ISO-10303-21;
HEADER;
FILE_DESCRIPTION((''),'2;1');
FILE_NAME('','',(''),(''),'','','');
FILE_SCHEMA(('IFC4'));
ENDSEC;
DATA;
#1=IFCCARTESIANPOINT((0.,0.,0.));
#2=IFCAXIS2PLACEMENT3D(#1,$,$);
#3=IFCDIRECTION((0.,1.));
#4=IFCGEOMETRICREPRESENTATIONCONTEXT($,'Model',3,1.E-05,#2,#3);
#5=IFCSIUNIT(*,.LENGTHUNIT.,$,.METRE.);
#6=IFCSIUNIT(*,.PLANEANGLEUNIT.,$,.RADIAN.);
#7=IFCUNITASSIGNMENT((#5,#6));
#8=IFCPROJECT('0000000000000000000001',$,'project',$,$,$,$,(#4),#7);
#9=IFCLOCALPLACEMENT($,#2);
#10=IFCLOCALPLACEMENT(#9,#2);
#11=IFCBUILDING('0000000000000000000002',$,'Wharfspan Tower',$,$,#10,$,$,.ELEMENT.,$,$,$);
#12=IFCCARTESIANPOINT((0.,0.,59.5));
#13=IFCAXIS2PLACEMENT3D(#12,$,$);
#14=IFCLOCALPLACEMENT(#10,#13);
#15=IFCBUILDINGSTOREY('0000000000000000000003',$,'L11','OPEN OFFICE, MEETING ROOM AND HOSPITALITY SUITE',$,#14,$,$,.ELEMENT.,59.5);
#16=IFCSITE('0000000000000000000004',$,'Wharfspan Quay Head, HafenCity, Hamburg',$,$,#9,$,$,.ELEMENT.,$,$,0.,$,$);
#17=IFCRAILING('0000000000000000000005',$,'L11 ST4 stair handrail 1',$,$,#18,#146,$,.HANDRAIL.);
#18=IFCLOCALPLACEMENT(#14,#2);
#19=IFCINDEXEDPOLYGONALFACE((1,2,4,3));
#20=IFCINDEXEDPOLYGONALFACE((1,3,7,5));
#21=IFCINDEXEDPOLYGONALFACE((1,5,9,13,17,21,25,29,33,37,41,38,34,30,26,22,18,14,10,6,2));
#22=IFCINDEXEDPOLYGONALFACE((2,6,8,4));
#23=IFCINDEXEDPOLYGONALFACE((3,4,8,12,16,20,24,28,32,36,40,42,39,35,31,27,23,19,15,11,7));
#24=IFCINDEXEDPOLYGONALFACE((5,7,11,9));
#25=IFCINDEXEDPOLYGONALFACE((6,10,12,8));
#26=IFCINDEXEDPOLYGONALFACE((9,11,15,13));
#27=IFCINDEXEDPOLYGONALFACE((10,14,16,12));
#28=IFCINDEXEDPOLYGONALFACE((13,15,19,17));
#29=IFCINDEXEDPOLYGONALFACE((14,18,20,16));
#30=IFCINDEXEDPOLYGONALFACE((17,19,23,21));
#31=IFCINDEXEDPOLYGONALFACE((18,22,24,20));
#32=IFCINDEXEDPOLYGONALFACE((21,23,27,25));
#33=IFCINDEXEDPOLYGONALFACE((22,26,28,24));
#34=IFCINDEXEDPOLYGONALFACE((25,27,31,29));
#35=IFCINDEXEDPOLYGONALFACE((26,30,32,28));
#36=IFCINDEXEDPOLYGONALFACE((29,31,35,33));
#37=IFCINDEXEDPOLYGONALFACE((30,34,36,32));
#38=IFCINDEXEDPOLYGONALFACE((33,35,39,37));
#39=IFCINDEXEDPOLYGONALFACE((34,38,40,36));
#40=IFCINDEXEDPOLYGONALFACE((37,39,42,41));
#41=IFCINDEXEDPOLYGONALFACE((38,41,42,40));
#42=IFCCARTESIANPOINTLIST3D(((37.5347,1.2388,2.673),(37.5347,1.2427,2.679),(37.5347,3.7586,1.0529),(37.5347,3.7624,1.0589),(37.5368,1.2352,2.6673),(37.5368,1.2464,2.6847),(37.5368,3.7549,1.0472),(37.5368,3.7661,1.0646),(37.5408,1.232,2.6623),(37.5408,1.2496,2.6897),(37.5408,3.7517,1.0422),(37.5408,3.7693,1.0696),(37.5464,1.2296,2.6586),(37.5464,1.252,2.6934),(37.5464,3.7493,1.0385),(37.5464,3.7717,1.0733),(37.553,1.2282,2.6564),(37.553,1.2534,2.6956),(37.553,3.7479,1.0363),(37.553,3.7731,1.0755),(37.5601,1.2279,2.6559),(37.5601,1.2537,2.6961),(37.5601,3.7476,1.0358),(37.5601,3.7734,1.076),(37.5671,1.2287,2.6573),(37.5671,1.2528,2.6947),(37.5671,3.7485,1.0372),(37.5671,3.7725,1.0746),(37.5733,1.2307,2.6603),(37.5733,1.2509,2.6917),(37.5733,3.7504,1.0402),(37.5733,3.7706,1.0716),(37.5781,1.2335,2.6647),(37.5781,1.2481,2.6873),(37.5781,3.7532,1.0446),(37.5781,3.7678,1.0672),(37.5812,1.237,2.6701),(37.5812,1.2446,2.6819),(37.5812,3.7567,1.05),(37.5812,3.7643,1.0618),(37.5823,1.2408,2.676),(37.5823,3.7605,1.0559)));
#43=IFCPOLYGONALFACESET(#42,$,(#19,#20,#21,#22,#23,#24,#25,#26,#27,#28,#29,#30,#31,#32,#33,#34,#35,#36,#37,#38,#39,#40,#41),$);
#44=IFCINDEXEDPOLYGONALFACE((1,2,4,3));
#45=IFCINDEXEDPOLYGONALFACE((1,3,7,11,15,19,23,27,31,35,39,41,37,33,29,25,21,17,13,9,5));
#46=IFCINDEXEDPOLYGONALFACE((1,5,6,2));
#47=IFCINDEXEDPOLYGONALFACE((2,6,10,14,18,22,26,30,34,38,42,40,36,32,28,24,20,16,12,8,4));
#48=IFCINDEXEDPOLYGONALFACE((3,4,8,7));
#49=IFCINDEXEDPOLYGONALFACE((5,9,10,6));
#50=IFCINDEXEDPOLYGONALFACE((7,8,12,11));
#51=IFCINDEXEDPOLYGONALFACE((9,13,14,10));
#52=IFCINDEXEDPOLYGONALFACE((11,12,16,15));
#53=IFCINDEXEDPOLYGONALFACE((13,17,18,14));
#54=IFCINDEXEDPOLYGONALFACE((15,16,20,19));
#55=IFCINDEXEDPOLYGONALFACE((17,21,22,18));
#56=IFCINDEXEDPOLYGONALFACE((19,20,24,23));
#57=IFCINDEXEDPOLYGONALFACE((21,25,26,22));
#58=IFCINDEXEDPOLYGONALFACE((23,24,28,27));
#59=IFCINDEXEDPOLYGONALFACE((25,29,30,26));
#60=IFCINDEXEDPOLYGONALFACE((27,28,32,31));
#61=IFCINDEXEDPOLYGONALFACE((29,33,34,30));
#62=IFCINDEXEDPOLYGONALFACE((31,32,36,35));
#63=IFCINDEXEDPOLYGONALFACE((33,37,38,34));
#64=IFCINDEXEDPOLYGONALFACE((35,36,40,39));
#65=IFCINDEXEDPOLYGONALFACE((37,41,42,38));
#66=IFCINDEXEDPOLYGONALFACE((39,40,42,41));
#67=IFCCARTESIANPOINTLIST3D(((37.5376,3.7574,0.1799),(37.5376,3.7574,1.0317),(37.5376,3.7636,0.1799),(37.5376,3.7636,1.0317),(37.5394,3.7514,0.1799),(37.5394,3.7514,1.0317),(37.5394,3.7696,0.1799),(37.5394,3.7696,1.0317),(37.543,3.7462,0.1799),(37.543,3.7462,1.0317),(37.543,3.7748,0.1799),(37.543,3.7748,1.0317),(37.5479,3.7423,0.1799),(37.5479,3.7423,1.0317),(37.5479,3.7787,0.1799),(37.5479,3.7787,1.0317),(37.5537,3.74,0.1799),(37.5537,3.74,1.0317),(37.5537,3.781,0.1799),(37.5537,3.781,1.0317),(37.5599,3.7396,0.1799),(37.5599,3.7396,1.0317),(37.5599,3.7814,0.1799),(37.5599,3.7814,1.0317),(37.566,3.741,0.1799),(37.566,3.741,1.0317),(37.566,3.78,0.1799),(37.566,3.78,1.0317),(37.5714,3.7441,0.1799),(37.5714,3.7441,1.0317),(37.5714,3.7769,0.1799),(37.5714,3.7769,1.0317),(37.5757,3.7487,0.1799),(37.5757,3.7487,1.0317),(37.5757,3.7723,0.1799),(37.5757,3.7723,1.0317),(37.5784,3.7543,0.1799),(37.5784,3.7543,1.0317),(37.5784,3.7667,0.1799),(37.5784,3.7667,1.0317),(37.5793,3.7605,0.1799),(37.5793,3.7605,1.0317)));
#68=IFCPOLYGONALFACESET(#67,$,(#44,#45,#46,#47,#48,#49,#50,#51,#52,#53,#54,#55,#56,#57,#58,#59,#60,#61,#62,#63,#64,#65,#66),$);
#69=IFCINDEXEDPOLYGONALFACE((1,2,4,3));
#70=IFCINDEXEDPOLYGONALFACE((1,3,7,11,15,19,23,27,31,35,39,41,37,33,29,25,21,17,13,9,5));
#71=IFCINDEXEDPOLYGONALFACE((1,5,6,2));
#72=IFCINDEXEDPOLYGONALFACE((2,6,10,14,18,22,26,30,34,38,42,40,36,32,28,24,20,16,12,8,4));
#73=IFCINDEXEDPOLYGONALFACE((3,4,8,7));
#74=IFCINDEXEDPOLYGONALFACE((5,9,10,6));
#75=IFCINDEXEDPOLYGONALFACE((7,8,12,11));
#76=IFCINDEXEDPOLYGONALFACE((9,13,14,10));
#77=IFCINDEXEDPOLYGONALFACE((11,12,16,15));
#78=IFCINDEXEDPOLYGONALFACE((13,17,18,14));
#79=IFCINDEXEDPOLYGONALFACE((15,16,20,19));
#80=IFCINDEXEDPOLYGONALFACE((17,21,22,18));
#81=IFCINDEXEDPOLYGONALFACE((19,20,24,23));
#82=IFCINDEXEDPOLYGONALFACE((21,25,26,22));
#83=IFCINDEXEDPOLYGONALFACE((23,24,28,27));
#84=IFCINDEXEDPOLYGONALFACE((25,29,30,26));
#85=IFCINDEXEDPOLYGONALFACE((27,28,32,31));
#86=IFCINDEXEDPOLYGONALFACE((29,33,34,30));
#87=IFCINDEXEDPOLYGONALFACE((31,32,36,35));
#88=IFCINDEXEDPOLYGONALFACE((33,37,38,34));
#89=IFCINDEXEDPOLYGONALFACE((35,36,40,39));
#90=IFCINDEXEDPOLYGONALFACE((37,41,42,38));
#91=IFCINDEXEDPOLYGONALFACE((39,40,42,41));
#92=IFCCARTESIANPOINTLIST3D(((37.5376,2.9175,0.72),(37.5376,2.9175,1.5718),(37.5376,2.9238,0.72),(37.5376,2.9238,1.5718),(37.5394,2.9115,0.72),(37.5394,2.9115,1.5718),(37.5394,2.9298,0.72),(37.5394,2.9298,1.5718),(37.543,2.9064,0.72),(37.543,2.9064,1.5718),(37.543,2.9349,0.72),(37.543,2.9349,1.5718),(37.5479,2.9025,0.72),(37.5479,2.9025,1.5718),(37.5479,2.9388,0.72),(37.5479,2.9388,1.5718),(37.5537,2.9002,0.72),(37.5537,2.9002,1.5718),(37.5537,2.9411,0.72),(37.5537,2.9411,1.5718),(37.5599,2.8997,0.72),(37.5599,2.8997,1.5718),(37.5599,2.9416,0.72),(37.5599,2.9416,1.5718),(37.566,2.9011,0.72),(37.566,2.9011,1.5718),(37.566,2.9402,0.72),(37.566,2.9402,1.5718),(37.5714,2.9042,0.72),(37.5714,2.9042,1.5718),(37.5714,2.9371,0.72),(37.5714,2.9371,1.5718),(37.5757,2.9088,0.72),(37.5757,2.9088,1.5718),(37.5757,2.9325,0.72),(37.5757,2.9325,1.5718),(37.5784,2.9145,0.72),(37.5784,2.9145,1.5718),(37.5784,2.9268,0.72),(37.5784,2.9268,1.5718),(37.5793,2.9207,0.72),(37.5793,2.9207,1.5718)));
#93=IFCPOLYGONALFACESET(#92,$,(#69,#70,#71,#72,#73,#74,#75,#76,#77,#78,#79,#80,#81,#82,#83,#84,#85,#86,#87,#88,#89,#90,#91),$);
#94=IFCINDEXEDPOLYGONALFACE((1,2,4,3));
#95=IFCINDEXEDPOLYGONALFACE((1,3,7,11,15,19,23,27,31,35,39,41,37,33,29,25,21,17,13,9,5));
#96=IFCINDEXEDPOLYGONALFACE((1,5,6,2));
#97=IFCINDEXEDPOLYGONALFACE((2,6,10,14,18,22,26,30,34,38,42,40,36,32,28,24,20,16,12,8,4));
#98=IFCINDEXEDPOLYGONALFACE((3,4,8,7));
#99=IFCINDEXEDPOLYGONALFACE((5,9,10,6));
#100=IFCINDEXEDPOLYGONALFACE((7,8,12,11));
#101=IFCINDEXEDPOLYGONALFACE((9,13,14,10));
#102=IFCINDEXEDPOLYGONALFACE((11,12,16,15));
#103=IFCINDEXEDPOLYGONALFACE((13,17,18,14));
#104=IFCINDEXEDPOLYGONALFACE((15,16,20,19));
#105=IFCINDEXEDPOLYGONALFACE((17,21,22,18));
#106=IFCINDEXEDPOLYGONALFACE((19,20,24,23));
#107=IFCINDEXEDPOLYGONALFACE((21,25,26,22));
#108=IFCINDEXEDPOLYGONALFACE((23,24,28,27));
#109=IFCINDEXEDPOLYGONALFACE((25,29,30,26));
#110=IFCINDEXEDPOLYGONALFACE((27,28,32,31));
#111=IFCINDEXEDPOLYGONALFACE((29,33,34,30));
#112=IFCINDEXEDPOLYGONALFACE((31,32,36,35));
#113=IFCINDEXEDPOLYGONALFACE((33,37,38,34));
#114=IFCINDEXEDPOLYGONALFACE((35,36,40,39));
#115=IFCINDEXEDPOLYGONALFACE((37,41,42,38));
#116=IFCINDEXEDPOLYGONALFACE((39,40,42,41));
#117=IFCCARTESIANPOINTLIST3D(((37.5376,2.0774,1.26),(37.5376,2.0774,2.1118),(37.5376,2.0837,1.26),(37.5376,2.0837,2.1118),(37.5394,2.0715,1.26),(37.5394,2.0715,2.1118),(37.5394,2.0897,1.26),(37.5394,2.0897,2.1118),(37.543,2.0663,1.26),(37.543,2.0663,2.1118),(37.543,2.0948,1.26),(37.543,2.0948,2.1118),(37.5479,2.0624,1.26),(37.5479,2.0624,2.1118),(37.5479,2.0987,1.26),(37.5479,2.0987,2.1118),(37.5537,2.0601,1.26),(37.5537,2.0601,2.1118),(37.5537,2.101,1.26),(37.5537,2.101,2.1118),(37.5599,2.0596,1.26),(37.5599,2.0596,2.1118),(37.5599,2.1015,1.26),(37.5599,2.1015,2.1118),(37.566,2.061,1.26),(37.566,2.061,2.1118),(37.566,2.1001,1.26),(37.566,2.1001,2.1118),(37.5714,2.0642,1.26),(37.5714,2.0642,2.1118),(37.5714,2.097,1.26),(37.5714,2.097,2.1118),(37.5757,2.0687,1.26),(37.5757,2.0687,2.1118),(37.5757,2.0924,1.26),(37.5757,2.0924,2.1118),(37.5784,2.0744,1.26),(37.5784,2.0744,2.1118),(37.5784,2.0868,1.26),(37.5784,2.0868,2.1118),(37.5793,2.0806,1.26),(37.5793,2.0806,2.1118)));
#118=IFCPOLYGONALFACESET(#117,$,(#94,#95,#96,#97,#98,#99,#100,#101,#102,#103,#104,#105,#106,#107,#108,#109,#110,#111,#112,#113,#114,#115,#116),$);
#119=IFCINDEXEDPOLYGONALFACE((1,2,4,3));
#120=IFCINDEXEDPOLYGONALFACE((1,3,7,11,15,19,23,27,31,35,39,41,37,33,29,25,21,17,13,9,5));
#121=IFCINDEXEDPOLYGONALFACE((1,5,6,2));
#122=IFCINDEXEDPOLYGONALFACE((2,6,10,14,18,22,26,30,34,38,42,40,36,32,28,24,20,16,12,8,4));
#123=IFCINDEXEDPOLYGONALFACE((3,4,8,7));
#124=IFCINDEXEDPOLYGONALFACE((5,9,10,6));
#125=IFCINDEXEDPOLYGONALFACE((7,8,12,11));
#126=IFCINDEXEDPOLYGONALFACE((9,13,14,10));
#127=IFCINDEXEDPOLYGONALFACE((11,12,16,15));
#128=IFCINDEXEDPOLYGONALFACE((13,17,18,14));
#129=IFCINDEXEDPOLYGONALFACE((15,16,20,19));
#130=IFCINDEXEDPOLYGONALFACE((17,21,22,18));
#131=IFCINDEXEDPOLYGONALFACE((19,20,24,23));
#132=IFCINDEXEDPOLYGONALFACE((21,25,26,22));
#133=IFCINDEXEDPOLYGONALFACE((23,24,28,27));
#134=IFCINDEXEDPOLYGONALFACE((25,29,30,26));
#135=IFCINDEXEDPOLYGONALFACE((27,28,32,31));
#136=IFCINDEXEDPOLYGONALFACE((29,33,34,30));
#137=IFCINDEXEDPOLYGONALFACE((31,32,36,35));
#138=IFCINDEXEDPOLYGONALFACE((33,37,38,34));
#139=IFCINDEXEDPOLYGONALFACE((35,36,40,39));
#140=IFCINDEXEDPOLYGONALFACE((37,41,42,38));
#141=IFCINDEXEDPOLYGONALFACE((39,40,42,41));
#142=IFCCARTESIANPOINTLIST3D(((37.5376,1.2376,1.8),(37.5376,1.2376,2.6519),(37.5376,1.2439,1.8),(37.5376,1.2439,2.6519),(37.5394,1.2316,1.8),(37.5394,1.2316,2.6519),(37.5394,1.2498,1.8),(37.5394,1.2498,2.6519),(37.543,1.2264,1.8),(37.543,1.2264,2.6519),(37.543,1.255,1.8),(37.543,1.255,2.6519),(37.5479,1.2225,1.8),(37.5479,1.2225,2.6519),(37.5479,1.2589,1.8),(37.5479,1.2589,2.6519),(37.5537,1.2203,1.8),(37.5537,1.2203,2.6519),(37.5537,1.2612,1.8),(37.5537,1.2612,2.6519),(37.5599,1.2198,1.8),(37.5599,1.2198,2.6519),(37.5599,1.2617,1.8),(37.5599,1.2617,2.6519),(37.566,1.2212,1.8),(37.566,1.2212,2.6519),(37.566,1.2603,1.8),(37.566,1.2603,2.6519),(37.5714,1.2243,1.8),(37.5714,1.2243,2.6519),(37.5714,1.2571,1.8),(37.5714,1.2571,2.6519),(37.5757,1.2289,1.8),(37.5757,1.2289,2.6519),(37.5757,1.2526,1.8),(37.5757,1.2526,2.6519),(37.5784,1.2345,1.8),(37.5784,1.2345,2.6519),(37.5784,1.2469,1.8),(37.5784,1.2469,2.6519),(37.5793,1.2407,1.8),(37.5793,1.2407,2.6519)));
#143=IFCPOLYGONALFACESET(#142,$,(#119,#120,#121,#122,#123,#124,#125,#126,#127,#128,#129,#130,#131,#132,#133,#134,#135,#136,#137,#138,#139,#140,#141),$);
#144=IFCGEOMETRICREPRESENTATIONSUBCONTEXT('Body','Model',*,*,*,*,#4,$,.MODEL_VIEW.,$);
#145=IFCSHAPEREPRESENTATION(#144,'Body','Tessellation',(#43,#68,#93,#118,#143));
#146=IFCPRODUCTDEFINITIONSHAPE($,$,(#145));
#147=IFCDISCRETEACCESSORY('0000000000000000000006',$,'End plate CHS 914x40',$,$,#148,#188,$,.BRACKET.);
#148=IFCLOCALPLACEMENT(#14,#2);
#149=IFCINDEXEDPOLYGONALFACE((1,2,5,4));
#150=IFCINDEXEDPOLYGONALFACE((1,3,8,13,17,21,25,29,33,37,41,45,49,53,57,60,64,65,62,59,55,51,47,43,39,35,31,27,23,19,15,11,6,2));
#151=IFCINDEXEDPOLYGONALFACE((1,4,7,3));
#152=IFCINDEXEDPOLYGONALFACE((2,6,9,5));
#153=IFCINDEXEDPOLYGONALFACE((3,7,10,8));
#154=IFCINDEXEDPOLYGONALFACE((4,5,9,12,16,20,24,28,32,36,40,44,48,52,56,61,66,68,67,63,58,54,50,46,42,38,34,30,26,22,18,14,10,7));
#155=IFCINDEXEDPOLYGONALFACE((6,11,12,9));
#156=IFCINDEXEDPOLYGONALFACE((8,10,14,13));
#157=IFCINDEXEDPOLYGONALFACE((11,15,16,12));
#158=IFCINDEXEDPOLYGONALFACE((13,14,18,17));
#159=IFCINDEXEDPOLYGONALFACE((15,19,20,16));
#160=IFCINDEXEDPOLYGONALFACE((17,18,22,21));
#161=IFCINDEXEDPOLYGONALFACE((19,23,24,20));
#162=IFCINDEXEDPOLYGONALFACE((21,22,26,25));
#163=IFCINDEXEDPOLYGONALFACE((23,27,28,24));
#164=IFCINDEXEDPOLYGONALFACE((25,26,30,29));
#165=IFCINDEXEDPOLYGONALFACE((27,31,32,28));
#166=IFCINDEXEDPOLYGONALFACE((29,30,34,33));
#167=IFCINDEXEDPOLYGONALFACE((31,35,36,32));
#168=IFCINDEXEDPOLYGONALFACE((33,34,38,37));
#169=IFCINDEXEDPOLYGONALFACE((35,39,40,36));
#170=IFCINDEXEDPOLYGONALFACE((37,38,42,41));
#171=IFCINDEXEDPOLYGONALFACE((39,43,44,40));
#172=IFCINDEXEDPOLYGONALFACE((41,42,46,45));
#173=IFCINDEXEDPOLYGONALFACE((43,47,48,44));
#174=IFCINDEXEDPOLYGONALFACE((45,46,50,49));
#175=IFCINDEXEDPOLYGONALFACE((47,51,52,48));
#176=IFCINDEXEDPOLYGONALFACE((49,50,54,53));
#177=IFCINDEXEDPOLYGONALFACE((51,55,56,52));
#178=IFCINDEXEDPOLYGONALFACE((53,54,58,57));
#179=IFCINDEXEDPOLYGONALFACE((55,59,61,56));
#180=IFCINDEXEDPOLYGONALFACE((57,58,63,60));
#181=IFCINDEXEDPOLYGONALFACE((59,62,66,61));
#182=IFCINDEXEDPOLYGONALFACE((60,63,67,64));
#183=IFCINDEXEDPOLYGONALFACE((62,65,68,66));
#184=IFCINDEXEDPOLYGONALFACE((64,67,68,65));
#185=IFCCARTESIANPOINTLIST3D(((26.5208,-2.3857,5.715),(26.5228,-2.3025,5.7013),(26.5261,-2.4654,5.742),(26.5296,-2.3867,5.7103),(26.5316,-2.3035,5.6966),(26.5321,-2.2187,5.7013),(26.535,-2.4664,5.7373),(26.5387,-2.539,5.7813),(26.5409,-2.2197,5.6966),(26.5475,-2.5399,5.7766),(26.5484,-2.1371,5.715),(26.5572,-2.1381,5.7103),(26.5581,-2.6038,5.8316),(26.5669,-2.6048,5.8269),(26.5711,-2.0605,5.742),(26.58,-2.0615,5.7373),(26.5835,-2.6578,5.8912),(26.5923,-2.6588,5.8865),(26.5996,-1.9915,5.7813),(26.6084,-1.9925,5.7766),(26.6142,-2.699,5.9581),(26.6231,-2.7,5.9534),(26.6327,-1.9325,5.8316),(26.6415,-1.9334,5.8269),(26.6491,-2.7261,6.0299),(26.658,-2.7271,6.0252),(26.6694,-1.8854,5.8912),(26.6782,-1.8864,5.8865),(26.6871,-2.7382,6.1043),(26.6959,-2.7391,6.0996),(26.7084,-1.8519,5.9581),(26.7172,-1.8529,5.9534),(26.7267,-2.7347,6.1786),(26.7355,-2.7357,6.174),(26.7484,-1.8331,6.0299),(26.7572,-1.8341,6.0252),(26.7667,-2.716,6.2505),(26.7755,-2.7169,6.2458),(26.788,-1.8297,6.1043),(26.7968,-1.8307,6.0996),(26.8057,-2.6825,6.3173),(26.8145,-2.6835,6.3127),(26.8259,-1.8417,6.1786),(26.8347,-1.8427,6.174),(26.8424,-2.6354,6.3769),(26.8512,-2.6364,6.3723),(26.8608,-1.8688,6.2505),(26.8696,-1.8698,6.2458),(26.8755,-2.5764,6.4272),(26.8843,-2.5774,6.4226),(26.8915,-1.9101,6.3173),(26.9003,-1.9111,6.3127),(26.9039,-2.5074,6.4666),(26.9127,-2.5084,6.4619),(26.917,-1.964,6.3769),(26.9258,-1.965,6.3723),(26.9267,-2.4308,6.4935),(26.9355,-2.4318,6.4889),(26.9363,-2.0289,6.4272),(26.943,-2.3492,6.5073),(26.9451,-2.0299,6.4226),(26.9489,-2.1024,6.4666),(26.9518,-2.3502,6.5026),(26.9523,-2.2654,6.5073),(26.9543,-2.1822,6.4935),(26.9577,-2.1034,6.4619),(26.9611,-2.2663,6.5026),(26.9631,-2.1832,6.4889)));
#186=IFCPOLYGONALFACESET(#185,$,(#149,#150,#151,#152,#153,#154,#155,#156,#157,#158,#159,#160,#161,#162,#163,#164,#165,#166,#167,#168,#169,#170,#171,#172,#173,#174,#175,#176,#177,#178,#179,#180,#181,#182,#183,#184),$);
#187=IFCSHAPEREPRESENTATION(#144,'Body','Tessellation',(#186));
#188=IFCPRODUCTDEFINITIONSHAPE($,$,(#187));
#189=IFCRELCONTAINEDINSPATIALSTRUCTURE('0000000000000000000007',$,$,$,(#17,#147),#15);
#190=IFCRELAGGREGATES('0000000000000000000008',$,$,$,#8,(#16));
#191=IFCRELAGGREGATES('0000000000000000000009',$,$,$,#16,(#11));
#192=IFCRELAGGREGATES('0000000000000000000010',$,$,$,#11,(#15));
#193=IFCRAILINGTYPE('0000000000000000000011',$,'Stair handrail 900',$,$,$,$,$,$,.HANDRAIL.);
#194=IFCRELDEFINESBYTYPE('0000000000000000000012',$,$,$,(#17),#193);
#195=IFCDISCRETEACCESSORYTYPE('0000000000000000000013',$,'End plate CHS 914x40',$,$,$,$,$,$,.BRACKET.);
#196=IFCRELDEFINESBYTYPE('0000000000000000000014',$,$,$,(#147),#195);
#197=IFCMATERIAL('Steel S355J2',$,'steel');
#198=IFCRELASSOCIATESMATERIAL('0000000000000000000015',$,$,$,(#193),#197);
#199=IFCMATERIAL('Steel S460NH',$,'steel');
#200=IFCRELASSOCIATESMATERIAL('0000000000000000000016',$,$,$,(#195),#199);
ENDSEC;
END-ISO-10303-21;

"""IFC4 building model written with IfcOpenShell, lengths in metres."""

from ifc_helpers import new_model, si_unit, direction, frame, origin, origin_2d, place, context, subcontext, project, spatial, circle, extrude, material, material_profile, profile_set, type_object, element, save


model = new_model("IFC4")

# Units and contexts
model_context = context("Model", 3, precision=1e-05, world=origin(), true_north=direction((0.0, 1.0)))
body_context = subcontext(model_context, "Body", "Model", "MODEL_VIEW")
ifc_project = project(units=[si_unit("LENGTHUNIT", "METRE"), si_unit("PLANEANGLEUNIT", "RADIAN")], contexts=[model_context])

# Site, building, storey
site_placement = place(None, origin())
site = spatial("IfcSite", under=ifc_project, at=site_placement, Name="Wharfspan Quay Head, HafenCity, Hamburg", CompositionType="ELEMENT", RefElevation=0.0)
building_placement = place(site_placement, origin())
building = spatial("IfcBuilding", under=site, at=building_placement, Name="Wharfspan Tower", CompositionType="ELEMENT")
storey_placement = place(building_placement, frame((0.0, 0.0, 59.5)))
storey = spatial("IfcBuildingStorey", under=building, at=storey_placement, Name="L11", Description="OPEN OFFICE, MEETING ROOM AND HOSPITALITY SUITE", CompositionType="ELEMENT", Elevation=59.5)

# Shared definitions
ifc_material_1 = material(Name="Steel S355J2", Category="steel")

# Shared definitions
ifc_material_2 = material(Name="Steel S460NH", Category="steel")

# Railing
railing_type_1 = type_object("IfcRailingType", Name="Stair handrail 900", PredefinedType="HANDRAIL", material=ifc_material_1)
railing_1_placement = place(storey_placement, frame((37.5583, 3.7605, 0.1799)))
element("IfcRailing", 1, at=railing_1_placement, inside=storey, type_object=railing_type_1, Name="L11 ST4 stair handrail 1", PredefinedType="HANDRAIL", context=body_context, shape_type="SweptSolid", body=[
    extrude(circle(Radius=0.0239, at=origin_2d()), frame((0.0, 0.0, 0.876), z_axis=(0.0, -0.841139, 0.540819), x_axis=(1.0, 0.0, 0.0)), (0.0, 0.0, 1.0), 2.9956),
    extrude(circle(Radius=0.021, at=origin_2d()), origin(), (0.0, 0.0, 1.0), 0.8518),
    extrude(circle(Radius=0.021, at=origin_2d()), frame((0.0, -0.8398, 0.54)), (0.0, 0.0, 1.0), 0.8518),
    extrude(circle(Radius=0.021, at=origin_2d()), frame((0.0, -1.6799, 1.0801)), (0.0, 0.0, 1.0), 0.8518),
    extrude(circle(Radius=0.021, at=origin_2d()), frame((0.0, -2.5198, 1.6201)), (0.0, 0.0, 1.0), 0.8518),
])

# Discrete accessory
ifc_material_profile_1 = material_profile(ifc_material_2, circle(Radius=0.457, at=origin_2d()))
ifc_profile_set_1 = profile_set([ifc_material_profile_1], Name="Steel S460NH")
discrete_accessory_type = type_object("IfcDiscreteAccessoryType", Name="End plate CHS 914x40", PredefinedType="BRACKET", material=ifc_profile_set_1)
discrete_accessory_placement = place(storey_placement, frame((26.7463, -2.2849, 6.0996), z_axis=(-0.880146, 0.097794, 0.464521), x_axis=(-0.110432, -0.993888, 0.0)))
element("IfcDiscreteAccessory", 2, at=discrete_accessory_placement, inside=storey, type_object=discrete_accessory_type, Name="End plate CHS 914x40", PredefinedType="BRACKET", context=body_context, shape_type="SweptSolid", body=[
    extrude(circle(Radius=0.457, at=origin_2d()), origin(), (0.0, 0.0, 1.0), 0.01),
])

save(model, "model.ifc")
